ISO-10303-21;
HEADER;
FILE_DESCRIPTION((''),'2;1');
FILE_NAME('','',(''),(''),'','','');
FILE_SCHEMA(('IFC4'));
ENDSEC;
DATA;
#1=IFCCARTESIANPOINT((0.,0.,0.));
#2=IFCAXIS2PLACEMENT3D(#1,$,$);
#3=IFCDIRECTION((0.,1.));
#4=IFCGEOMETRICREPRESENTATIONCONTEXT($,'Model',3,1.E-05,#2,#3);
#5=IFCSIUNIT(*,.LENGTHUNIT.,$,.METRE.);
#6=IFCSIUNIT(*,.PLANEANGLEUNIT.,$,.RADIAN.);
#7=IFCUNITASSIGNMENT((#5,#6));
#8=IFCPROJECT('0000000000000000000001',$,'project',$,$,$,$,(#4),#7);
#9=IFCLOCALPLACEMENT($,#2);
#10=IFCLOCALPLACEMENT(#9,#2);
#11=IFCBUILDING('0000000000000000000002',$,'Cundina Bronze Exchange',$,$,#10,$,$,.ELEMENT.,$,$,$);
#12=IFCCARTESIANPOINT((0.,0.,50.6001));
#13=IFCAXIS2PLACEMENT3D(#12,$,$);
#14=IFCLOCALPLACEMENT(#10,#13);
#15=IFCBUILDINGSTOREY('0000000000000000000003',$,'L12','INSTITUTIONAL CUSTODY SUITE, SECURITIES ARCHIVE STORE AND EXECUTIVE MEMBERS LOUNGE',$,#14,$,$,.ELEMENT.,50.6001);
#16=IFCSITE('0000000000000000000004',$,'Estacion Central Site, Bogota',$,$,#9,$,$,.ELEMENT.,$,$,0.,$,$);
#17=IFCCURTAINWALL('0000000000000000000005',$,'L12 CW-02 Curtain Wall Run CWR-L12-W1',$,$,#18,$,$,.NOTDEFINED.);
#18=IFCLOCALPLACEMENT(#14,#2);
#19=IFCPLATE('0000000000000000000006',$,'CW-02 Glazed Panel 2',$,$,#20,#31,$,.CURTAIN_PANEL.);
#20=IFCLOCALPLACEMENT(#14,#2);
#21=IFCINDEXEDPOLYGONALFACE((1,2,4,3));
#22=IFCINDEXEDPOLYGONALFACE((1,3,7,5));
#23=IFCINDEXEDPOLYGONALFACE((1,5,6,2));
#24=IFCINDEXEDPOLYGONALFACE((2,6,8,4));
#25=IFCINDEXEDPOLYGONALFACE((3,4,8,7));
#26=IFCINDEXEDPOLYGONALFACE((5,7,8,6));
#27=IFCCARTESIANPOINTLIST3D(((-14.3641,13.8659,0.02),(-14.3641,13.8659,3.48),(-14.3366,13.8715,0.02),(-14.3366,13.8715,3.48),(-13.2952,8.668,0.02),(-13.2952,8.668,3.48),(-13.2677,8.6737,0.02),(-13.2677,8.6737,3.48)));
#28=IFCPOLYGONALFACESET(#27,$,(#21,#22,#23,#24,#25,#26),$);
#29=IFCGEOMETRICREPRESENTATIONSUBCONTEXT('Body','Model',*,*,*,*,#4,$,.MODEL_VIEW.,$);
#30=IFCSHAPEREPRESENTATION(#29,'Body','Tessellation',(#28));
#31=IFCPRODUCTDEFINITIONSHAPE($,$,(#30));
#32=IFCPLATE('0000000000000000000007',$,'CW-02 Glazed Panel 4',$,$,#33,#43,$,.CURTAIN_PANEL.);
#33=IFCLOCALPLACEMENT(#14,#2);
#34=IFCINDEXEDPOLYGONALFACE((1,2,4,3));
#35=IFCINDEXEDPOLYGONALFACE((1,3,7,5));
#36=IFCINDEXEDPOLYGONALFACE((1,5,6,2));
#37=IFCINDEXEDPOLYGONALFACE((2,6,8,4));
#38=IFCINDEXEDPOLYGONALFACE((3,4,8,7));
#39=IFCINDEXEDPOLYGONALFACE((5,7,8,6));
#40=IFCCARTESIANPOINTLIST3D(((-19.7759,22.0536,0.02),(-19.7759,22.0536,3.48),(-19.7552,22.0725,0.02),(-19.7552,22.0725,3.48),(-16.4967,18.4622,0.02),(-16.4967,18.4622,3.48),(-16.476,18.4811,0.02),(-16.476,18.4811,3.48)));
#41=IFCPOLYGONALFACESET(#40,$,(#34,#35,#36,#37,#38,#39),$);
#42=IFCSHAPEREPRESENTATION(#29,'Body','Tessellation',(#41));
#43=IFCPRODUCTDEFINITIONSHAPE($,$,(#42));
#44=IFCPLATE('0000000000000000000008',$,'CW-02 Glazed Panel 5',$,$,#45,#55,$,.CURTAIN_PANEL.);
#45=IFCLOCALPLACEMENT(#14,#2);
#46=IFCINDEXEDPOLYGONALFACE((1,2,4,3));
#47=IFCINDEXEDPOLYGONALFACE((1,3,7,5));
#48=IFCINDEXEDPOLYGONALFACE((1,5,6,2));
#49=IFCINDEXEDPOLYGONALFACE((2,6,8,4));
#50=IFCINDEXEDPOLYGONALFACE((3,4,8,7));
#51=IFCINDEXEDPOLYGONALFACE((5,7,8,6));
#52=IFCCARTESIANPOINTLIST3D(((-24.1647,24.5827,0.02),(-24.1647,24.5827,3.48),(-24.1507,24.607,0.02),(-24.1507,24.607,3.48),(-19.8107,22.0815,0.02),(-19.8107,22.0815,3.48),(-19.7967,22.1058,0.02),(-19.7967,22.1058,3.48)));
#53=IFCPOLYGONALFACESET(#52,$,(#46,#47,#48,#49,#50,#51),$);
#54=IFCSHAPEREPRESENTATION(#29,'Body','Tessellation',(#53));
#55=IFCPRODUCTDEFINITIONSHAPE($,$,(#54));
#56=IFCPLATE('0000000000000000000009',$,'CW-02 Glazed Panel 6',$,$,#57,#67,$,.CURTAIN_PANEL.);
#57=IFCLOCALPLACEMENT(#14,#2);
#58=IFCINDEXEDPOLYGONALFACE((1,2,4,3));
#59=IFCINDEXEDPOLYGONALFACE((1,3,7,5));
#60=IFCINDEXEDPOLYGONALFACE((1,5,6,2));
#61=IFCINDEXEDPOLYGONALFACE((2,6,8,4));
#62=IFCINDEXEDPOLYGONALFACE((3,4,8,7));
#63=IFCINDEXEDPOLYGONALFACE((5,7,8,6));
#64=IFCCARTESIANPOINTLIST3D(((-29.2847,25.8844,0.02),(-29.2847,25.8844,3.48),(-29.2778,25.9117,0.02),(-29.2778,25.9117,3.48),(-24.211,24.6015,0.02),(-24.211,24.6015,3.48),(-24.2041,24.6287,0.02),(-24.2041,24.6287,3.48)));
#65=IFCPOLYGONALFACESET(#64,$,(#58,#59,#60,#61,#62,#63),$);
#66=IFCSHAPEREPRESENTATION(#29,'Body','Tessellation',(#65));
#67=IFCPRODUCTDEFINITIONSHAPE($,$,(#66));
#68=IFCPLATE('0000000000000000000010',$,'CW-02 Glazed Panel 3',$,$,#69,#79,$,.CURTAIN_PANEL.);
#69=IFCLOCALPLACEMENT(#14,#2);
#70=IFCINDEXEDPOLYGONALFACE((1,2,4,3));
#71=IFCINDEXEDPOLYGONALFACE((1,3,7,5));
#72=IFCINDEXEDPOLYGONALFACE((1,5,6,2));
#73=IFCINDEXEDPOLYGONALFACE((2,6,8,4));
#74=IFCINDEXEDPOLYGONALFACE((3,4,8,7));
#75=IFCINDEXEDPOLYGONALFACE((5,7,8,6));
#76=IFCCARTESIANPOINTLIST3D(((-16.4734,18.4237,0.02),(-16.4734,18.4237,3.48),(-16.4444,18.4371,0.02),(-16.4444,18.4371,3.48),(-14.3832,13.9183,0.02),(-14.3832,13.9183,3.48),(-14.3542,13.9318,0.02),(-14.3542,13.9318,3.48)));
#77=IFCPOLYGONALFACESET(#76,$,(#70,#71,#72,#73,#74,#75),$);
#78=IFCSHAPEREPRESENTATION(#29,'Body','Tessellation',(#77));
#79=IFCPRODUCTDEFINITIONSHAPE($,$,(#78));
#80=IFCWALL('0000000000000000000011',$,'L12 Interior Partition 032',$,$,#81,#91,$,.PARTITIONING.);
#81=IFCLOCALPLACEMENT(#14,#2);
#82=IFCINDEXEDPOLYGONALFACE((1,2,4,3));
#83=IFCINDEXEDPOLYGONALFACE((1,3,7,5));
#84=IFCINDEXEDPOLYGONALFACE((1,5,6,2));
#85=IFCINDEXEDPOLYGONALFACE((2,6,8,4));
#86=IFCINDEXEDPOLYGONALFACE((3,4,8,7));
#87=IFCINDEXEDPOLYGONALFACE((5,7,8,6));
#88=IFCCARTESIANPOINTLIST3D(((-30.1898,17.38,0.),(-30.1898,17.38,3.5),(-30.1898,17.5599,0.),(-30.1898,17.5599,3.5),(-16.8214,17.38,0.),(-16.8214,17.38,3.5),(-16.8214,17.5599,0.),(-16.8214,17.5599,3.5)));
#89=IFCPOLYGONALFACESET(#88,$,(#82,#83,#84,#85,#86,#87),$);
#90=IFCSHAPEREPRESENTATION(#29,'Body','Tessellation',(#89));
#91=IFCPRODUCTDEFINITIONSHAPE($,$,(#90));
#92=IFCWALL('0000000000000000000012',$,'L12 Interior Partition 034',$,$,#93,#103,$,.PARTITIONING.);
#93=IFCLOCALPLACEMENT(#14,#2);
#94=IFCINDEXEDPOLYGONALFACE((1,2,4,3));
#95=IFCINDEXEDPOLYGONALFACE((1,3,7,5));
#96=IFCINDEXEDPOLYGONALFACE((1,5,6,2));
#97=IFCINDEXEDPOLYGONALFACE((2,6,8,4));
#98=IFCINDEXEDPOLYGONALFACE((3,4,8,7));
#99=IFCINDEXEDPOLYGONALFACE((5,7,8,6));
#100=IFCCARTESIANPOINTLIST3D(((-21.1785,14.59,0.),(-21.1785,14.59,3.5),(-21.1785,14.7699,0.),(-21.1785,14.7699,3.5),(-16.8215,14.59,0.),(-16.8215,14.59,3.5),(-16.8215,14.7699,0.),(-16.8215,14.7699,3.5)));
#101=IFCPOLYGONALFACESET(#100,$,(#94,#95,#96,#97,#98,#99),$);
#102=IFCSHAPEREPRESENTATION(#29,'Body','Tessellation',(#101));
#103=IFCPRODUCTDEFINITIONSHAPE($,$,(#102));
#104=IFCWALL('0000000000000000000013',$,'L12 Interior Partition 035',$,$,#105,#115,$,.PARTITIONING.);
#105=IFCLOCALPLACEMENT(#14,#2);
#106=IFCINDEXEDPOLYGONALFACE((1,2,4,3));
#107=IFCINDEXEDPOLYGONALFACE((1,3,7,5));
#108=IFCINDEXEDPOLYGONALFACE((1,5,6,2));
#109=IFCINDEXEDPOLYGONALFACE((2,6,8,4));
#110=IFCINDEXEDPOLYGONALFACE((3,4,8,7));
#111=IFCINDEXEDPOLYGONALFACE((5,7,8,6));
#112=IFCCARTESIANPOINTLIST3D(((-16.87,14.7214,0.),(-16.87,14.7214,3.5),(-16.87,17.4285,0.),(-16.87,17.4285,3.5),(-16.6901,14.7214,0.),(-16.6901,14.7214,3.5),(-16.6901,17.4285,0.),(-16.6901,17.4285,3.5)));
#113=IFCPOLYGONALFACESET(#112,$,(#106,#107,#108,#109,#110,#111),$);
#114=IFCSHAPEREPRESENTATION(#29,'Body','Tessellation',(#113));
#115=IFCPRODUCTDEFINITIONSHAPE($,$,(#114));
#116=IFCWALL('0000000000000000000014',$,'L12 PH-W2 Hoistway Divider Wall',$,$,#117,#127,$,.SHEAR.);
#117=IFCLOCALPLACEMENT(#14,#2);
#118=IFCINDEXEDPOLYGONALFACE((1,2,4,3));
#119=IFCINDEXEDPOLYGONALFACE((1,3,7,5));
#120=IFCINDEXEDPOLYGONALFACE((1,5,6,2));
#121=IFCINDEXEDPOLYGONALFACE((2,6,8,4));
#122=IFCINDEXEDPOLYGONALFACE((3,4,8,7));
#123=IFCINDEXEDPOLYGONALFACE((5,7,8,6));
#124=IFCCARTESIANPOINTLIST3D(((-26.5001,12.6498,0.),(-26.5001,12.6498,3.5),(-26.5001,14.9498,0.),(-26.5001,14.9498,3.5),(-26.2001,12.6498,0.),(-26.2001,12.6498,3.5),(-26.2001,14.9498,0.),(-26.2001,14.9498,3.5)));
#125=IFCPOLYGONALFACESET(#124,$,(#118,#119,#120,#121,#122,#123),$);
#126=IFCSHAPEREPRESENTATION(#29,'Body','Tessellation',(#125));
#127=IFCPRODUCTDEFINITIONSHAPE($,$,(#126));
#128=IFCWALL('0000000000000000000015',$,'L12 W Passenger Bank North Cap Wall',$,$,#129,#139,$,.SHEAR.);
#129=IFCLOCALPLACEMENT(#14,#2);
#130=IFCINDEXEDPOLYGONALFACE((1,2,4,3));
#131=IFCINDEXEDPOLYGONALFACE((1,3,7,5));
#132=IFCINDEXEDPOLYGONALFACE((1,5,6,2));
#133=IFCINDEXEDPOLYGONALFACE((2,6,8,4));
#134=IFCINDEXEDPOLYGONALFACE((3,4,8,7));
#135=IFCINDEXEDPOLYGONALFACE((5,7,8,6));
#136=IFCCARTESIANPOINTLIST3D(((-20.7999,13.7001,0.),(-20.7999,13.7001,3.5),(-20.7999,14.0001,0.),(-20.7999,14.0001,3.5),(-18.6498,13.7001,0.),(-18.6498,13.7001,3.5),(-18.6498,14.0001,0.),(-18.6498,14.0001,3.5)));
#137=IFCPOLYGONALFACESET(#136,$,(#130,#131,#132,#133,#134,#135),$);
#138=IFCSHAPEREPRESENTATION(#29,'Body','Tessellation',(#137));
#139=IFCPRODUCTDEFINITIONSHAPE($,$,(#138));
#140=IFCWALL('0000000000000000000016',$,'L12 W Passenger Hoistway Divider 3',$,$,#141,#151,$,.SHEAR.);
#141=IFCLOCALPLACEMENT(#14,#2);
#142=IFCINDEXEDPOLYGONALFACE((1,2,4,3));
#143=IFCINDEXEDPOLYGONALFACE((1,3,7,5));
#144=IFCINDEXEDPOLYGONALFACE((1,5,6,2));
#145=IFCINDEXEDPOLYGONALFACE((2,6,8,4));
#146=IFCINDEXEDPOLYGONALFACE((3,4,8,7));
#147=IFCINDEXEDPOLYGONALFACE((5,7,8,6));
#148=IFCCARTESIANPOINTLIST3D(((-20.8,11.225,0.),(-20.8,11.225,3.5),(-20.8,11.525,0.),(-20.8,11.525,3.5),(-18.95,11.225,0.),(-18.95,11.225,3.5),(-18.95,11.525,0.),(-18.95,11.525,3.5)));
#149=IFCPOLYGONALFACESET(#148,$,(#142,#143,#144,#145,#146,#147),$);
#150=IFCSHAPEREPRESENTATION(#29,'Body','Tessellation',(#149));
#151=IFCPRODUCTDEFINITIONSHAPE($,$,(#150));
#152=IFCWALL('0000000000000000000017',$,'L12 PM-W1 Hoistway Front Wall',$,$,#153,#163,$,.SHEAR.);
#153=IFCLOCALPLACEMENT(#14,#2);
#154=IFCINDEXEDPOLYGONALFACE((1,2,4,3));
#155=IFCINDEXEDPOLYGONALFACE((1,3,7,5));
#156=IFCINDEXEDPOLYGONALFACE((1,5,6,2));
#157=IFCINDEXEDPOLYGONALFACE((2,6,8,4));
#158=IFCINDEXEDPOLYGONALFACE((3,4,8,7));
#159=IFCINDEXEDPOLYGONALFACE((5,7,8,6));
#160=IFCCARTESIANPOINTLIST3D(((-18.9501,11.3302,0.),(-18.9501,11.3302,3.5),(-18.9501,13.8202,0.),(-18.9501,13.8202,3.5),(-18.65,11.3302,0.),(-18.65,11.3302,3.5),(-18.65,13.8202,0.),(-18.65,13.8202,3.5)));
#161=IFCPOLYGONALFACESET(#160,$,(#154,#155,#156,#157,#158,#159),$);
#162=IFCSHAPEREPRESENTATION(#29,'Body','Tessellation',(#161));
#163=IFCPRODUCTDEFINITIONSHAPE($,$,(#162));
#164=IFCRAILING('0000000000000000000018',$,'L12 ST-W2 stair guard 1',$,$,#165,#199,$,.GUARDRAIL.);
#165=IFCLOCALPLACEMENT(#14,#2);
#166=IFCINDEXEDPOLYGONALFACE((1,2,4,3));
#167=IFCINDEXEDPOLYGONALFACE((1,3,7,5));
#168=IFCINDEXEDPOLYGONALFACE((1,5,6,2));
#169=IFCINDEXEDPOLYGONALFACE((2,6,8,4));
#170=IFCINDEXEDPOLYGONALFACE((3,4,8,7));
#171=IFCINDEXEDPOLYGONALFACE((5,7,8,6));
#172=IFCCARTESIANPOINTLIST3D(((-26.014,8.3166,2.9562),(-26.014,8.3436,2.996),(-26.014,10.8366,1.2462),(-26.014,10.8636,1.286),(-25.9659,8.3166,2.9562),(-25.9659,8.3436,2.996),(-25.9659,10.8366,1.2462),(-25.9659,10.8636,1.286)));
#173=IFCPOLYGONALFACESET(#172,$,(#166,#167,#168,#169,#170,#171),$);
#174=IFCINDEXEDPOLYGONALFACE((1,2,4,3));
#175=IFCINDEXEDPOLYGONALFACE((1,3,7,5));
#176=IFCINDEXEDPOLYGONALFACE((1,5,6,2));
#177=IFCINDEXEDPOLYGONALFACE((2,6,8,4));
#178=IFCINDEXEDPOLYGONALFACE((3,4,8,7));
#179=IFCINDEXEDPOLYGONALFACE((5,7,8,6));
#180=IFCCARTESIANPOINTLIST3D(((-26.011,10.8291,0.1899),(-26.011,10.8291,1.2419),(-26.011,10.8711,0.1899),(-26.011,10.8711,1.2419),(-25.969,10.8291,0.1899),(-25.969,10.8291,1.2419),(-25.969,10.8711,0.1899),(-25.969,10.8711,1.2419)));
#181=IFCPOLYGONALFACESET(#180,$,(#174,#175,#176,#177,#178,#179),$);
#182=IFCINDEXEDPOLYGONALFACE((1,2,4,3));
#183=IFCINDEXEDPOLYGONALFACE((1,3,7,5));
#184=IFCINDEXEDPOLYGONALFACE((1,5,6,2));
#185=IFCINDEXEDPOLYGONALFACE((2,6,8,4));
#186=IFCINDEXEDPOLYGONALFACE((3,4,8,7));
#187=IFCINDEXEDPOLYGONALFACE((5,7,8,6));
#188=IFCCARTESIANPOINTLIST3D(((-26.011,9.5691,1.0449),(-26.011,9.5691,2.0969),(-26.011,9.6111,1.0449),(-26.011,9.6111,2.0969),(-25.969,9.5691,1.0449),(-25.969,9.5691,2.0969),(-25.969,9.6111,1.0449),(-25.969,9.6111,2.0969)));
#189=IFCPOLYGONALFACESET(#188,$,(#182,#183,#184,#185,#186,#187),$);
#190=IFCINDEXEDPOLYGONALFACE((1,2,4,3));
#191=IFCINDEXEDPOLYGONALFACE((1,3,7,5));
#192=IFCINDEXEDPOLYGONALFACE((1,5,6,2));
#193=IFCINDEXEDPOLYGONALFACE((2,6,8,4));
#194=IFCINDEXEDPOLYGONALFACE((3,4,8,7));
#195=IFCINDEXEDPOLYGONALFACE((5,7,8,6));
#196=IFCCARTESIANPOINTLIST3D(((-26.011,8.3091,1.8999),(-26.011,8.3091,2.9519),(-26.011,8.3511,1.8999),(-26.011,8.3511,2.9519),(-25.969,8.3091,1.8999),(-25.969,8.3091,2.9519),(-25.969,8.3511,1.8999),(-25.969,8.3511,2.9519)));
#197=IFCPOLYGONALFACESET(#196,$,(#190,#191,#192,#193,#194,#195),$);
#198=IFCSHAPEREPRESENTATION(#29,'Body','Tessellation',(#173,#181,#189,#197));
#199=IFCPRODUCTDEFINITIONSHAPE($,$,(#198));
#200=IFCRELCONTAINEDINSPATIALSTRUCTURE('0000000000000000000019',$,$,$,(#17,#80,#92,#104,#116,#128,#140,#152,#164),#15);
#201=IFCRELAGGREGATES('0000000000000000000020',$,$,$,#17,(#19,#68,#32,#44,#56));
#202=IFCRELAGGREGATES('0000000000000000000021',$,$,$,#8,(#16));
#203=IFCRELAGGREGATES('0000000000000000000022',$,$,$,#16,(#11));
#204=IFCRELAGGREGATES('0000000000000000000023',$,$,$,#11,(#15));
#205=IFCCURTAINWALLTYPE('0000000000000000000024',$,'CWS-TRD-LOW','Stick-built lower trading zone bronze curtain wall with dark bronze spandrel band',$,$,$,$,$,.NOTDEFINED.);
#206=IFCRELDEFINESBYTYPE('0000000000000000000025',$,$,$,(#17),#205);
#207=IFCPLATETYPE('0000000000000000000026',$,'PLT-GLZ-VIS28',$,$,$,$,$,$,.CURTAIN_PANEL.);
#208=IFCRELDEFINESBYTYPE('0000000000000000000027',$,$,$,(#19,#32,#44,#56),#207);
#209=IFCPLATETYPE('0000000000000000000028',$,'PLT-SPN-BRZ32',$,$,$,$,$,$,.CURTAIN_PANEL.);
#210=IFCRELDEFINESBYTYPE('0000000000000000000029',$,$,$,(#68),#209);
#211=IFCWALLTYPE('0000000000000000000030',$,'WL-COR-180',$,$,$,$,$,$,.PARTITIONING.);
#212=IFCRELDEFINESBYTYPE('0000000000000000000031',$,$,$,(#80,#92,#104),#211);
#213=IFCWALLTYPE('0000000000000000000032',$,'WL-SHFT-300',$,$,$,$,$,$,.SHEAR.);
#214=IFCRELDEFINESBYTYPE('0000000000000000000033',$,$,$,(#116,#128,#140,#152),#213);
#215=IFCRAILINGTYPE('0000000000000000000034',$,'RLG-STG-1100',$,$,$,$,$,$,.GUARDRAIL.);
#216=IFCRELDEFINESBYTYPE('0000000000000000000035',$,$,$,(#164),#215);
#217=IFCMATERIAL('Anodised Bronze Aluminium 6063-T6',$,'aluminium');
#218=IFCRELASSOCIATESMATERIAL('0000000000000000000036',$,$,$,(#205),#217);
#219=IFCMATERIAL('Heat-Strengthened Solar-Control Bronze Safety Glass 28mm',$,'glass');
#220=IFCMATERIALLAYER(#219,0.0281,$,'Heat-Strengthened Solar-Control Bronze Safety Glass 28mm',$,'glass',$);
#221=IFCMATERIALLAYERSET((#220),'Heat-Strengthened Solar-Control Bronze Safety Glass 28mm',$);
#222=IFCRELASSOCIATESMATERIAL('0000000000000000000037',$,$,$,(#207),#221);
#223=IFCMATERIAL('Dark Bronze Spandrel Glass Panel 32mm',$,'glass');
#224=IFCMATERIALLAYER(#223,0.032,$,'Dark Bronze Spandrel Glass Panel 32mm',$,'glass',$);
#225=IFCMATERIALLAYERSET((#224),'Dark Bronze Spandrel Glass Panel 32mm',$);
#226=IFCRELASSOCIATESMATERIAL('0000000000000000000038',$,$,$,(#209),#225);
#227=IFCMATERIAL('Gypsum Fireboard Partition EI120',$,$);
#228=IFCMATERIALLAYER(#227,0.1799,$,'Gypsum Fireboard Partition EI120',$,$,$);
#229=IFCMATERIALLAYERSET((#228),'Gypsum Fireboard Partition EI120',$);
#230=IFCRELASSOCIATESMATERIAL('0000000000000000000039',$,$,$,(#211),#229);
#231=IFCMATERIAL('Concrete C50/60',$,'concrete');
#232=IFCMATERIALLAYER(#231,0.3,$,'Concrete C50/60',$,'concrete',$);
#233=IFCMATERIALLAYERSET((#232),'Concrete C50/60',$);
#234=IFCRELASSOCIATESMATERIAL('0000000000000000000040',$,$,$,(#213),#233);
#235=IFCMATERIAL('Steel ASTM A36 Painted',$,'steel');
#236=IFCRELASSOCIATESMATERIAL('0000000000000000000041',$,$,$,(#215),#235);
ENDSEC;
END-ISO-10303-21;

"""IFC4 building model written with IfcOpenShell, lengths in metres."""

from ifc_helpers import new_model, si_unit, direction, frame, frame_2d, origin, origin_2d, place, context, subcontext, project, spatial, rectangle, extrude, material, layer, layer_set, type_object, element, aggregate, save


model = new_model("IFC4")

# Units and contexts
model_context = context("Model", 3, precision=1e-05, world=origin(), true_north=direction((0.0, 1.0)))
body_context = subcontext(model_context, "Body", "Model", "MODEL_VIEW")
ifc_project = project(units=[si_unit("LENGTHUNIT", "METRE"), si_unit("PLANEANGLEUNIT", "RADIAN")], contexts=[model_context])

# Site, building, storey
site_placement = place(None, origin())
site = spatial("IfcSite", under=ifc_project, at=site_placement, Name="Estacion Central Site, Bogota", CompositionType="ELEMENT", RefElevation=0.0)
building_placement = place(site_placement, origin())
building = spatial("IfcBuilding", under=site, at=building_placement, Name="Cundina Bronze Exchange", CompositionType="ELEMENT")
storey_placement = place(building_placement, frame((0.0, 0.0, 50.6001)))
storey = spatial("IfcBuildingStorey", under=building, at=storey_placement, Name="L12", Description="INSTITUTIONAL CUSTODY SUITE, SECURITIES ARCHIVE STORE AND EXECUTIVE MEMBERS LOUNGE", CompositionType="ELEMENT", Elevation=50.6001)

# Curtain wall, plates
ifc_material_1 = material(Name="Anodised Bronze Aluminium 6063-T6", Category="aluminium")
curtain_wall_type = type_object("IfcCurtainWallType", Name="CWS-TRD-LOW", Description="Stick-built lower trading zone bronze curtain wall with dark bronze spandrel band", PredefinedType="NOTDEFINED", material=ifc_material_1)
curtain_wall_placement = place(storey_placement, origin())
curtain_wall = element("IfcCurtainWall", 1, at=curtain_wall_placement, inside=storey, type_object=curtain_wall_type, Name="L12 CW-02 Curtain Wall Run CWR-L12-W1", PredefinedType="NOTDEFINED")
ifc_material_2 = material(Name="Heat-Strengthened Solar-Control Bronze Safety Glass 28mm", Category="glass")
ifc_layer_1 = layer(ifc_material_2, 0.0281, Name="Heat-Strengthened Solar-Control Bronze Safety Glass 28mm", Category="glass")
ifc_layer_set_1 = layer_set([ifc_layer_1], Name="Heat-Strengthened Solar-Control Bronze Safety Glass 28mm")
plate_type_1 = type_object("IfcPlateType", Name="PLT-GLZ-VIS28", PredefinedType="CURTAIN_PANEL", material=ifc_layer_set_1)
plate_1_placement = place(storey_placement, frame((-13.8159, 11.2698, 0.02), z_axis=(0.0, 0.0, 1.0), x_axis=(-0.20142, 0.979505, 0.0)))
plate_1 = element("IfcPlate", 2, at=plate_1_placement, type_object=plate_type_1, Name="CW-02 Glazed Panel 2", PredefinedType="CURTAIN_PANEL", context=body_context, shape_type="SweptSolid", body=[
    extrude(rectangle(XDim=5.3066, YDim=0.0281, at=origin_2d()), origin(), (0.0, 0.0, 1.0), 3.46),
])
plate_2_placement = place(storey_placement, frame((-18.126, 20.2673, 0.02), z_axis=(0.0, 0.0, 1.0), x_axis=(-0.674277, 0.738479, 0.0)))
plate_2 = element("IfcPlate", 3, at=plate_2_placement, type_object=plate_type_1, Name="CW-02 Glazed Panel 4", PredefinedType="CURTAIN_PANEL", context=body_context, shape_type="SweptSolid", body=[
    extrude(rectangle(XDim=4.8633, YDim=0.0281, at=origin_2d()), origin(), (0.0, 0.0, 1.0), 3.46),
])
plate_3_placement = place(storey_placement, frame((-21.9807, 23.3442, 0.02), z_axis=(0.0, 0.0, 1.0), x_axis=(-0.867105, 0.498125, 0.0)))
plate_3 = element("IfcPlate", 4, at=plate_3_placement, type_object=plate_type_1, Name="CW-02 Glazed Panel 5", PredefinedType="CURTAIN_PANEL", context=body_context, shape_type="SweptSolid", body=[
    extrude(rectangle(XDim=5.0212, YDim=0.0281, at=origin_2d()), origin(), (0.0, 0.0, 1.0), 3.46),
])
plate_4_placement = place(storey_placement, frame((-26.7444, 25.2566, 0.02), z_axis=(0.0, 0.0, 1.0), x_axis=(-0.969488, 0.245138, 0.0)))
plate_4 = element("IfcPlate", 5, at=plate_4_placement, type_object=plate_type_1, Name="CW-02 Glazed Panel 6", PredefinedType="CURTAIN_PANEL", context=body_context, shape_type="SweptSolid", body=[
    extrude(rectangle(XDim=5.2334, YDim=0.0281, at=origin_2d()), origin(), (0.0, 0.0, 1.0), 3.46),
])
ifc_material_3 = material(Name="Dark Bronze Spandrel Glass Panel 32mm", Category="glass")
ifc_layer_2 = layer(ifc_material_3, 0.032, Name="Dark Bronze Spandrel Glass Panel 32mm", Category="glass")
ifc_layer_set_2 = layer_set([ifc_layer_2], Name="Dark Bronze Spandrel Glass Panel 32mm")
plate_type_2 = type_object("IfcPlateType", Name="PLT-SPN-BRZ32", PredefinedType="CURTAIN_PANEL", material=ifc_layer_set_2)
plate_5_placement = place(storey_placement, frame((-15.4138, 16.1777, 0.02), z_axis=(0.0, 0.0, 1.0), x_axis=(-0.420846, 0.907132, 0.0)))
plate_5 = element("IfcPlate", 6, at=plate_5_placement, type_object=plate_type_2, Name="CW-02 Glazed Panel 3", PredefinedType="CURTAIN_PANEL", context=body_context, shape_type="SweptSolid", body=[
    extrude(rectangle(XDim=4.9666, YDim=0.032, at=origin_2d()), origin(), (0.0, 0.0, 1.0), 3.46),
])
aggregate(curtain_wall, [plate_1, plate_5, plate_2, plate_3, plate_4])

# Walls
ifc_material_4 = material(Name="Gypsum Fireboard Partition EI120")
ifc_layer_3 = layer(ifc_material_4, 0.1799, Name="Gypsum Fireboard Partition EI120")
ifc_layer_set_3 = layer_set([ifc_layer_3], Name="Gypsum Fireboard Partition EI120")
wall_type_1 = type_object("IfcWallType", Name="WL-COR-180", PredefinedType="PARTITIONING", material=ifc_layer_set_3)
wall_1_placement = place(storey_placement, frame((-16.8215, 17.47, 0.0), z_axis=(0.0, 0.0, 1.0), x_axis=(-1.0, 0.0, 0.0)))
element("IfcWall", 7, at=wall_1_placement, inside=storey, type_object=wall_type_1, Name="L12 Interior Partition 032", PredefinedType="PARTITIONING", context=body_context, shape_type="SweptSolid", body=[
    extrude(rectangle(XDim=13.3684, YDim=0.1799, at=frame_2d((6.6841, 0.0))), origin(), (0.0, 0.0, 1.0), 3.5),
])
wall_2_placement = place(storey_placement, frame((-21.1785, 14.6799, 0.0), z_axis=(0.0, 0.0, 1.0), x_axis=(1.0, 0.0, 0.0)))
element("IfcWall", 8, at=wall_2_placement, inside=storey, type_object=wall_type_1, Name="L12 Interior Partition 034", PredefinedType="PARTITIONING", context=body_context, shape_type="SweptSolid", body=[
    extrude(rectangle(XDim=4.3569, YDim=0.1799, at=frame_2d((2.1785, 0.0))), origin(), (0.0, 0.0, 1.0), 3.5),
])
wall_3_placement = place(storey_placement, frame((-16.78, 14.7214, 0.0), z_axis=(0.0, 0.0, 1.0), x_axis=(0.0, 1.0, 0.0)))
element("IfcWall", 9, at=wall_3_placement, inside=storey, type_object=wall_type_1, Name="L12 Interior Partition 035", PredefinedType="PARTITIONING", context=body_context, shape_type="SweptSolid", body=[
    extrude(rectangle(XDim=2.707, YDim=0.1799, at=frame_2d((1.3535, 0.0))), origin(), (0.0, 0.0, 1.0), 3.5),
])

# Shared definitions
ifc_material_5 = material(Name="Concrete C50/60", Category="concrete")
ifc_layer_4 = layer(ifc_material_5, 0.3, Name="Concrete C50/60", Category="concrete")
ifc_layer_set_4 = layer_set([ifc_layer_4], Name="Concrete C50/60")
wall_type_2 = type_object("IfcWallType", Name="WL-SHFT-300", PredefinedType="SHEAR", material=ifc_layer_set_4)
ifc_material_6 = material(Name="Steel ASTM A36 Painted", Category="steel")

# Walls
wall_4_placement = place(storey_placement, frame((-26.3501, 12.6499, 0.0), z_axis=(0.0, 0.0, 1.0), x_axis=(0.0, 1.0, 0.0)))
element("IfcWall", 10, at=wall_4_placement, inside=storey, type_object=wall_type_2, Name="L12 PH-W2 Hoistway Divider Wall", PredefinedType="SHEAR", context=body_context, shape_type="SweptSolid", body=[
    extrude(rectangle(XDim=2.3, YDim=0.3, at=frame_2d((1.1499, 0.0))), origin(), (0.0, 0.0, 1.0), 3.5),
])
wall_5_placement = place(storey_placement, frame((-20.8, 13.8501, 0.0), z_axis=(0.0, 0.0, 1.0), x_axis=(1.0, 0.0, 0.0)))
element("IfcWall", 11, at=wall_5_placement, inside=storey, type_object=wall_type_2, Name="L12 W Passenger Bank North Cap Wall", PredefinedType="SHEAR", context=body_context, shape_type="SweptSolid", body=[
    extrude(rectangle(XDim=2.1501, YDim=0.3, at=frame_2d((1.0752, 0.0))), origin(), (0.0, 0.0, 1.0), 3.5),
])
wall_6_placement = place(storey_placement, frame((-20.8, 11.375, 0.0), z_axis=(0.0, 0.0, 1.0), x_axis=(1.0, 0.0, 0.0)))
element("IfcWall", 12, at=wall_6_placement, inside=storey, type_object=wall_type_2, Name="L12 W Passenger Hoistway Divider 3", PredefinedType="SHEAR", context=body_context, shape_type="SweptSolid", body=[
    extrude(rectangle(XDim=1.8501, YDim=0.3, at=frame_2d((0.925, 0.0))), origin(), (0.0, 0.0, 1.0), 3.5),
])
wall_7_placement = place(storey_placement, frame((-18.8, 11.3301, 0.0), z_axis=(0.0, 0.0, 1.0), x_axis=(0.0, 1.0, 0.0)))
element("IfcWall", 13, at=wall_7_placement, inside=storey, type_object=wall_type_2, Name="L12 PM-W1 Hoistway Front Wall", PredefinedType="SHEAR", context=body_context, shape_type="SweptSolid", body=[
    extrude(rectangle(XDim=2.49, YDim=0.3, at=frame_2d((1.2451, 0.0))), origin(), (0.0, 0.0, 1.0), 3.5),
])

# Railing
railing_type = type_object("IfcRailingType", Name="RLG-STG-1100", PredefinedType="GUARDRAIL", material=ifc_material_6)
railing_1_placement = place(storey_placement, frame((-25.99, 10.8501, 0.1899)))
element("IfcRailing", 14, at=railing_1_placement, inside=storey, type_object=railing_type, Name="L12 ST-W2 stair guard 1", PredefinedType="GUARDRAIL", context=body_context, shape_type="SweptSolid", body=[
    extrude(rectangle(XDim=0.0481, YDim=0.0481, at=origin_2d()), frame((0.0, 0.0, 1.0762), z_axis=(0.0, -0.827484, 0.56149), x_axis=(1.0, 0.0, 0.0)), (0.0, 0.0, 1.0), 3.0454),
    extrude(rectangle(XDim=0.042, YDim=0.042, at=origin_2d()), origin(), (0.0, 0.0, 1.0), 1.052),
    extrude(rectangle(XDim=0.042, YDim=0.042, at=origin_2d()), frame((0.0, -1.26, 0.855)), (0.0, 0.0, 1.0), 1.052),
    extrude(rectangle(XDim=0.042, YDim=0.042, at=origin_2d()), frame((0.0, -2.52, 1.71)), (0.0, 0.0, 1.0), 1.052),
])

save(model, "model.ifc")
